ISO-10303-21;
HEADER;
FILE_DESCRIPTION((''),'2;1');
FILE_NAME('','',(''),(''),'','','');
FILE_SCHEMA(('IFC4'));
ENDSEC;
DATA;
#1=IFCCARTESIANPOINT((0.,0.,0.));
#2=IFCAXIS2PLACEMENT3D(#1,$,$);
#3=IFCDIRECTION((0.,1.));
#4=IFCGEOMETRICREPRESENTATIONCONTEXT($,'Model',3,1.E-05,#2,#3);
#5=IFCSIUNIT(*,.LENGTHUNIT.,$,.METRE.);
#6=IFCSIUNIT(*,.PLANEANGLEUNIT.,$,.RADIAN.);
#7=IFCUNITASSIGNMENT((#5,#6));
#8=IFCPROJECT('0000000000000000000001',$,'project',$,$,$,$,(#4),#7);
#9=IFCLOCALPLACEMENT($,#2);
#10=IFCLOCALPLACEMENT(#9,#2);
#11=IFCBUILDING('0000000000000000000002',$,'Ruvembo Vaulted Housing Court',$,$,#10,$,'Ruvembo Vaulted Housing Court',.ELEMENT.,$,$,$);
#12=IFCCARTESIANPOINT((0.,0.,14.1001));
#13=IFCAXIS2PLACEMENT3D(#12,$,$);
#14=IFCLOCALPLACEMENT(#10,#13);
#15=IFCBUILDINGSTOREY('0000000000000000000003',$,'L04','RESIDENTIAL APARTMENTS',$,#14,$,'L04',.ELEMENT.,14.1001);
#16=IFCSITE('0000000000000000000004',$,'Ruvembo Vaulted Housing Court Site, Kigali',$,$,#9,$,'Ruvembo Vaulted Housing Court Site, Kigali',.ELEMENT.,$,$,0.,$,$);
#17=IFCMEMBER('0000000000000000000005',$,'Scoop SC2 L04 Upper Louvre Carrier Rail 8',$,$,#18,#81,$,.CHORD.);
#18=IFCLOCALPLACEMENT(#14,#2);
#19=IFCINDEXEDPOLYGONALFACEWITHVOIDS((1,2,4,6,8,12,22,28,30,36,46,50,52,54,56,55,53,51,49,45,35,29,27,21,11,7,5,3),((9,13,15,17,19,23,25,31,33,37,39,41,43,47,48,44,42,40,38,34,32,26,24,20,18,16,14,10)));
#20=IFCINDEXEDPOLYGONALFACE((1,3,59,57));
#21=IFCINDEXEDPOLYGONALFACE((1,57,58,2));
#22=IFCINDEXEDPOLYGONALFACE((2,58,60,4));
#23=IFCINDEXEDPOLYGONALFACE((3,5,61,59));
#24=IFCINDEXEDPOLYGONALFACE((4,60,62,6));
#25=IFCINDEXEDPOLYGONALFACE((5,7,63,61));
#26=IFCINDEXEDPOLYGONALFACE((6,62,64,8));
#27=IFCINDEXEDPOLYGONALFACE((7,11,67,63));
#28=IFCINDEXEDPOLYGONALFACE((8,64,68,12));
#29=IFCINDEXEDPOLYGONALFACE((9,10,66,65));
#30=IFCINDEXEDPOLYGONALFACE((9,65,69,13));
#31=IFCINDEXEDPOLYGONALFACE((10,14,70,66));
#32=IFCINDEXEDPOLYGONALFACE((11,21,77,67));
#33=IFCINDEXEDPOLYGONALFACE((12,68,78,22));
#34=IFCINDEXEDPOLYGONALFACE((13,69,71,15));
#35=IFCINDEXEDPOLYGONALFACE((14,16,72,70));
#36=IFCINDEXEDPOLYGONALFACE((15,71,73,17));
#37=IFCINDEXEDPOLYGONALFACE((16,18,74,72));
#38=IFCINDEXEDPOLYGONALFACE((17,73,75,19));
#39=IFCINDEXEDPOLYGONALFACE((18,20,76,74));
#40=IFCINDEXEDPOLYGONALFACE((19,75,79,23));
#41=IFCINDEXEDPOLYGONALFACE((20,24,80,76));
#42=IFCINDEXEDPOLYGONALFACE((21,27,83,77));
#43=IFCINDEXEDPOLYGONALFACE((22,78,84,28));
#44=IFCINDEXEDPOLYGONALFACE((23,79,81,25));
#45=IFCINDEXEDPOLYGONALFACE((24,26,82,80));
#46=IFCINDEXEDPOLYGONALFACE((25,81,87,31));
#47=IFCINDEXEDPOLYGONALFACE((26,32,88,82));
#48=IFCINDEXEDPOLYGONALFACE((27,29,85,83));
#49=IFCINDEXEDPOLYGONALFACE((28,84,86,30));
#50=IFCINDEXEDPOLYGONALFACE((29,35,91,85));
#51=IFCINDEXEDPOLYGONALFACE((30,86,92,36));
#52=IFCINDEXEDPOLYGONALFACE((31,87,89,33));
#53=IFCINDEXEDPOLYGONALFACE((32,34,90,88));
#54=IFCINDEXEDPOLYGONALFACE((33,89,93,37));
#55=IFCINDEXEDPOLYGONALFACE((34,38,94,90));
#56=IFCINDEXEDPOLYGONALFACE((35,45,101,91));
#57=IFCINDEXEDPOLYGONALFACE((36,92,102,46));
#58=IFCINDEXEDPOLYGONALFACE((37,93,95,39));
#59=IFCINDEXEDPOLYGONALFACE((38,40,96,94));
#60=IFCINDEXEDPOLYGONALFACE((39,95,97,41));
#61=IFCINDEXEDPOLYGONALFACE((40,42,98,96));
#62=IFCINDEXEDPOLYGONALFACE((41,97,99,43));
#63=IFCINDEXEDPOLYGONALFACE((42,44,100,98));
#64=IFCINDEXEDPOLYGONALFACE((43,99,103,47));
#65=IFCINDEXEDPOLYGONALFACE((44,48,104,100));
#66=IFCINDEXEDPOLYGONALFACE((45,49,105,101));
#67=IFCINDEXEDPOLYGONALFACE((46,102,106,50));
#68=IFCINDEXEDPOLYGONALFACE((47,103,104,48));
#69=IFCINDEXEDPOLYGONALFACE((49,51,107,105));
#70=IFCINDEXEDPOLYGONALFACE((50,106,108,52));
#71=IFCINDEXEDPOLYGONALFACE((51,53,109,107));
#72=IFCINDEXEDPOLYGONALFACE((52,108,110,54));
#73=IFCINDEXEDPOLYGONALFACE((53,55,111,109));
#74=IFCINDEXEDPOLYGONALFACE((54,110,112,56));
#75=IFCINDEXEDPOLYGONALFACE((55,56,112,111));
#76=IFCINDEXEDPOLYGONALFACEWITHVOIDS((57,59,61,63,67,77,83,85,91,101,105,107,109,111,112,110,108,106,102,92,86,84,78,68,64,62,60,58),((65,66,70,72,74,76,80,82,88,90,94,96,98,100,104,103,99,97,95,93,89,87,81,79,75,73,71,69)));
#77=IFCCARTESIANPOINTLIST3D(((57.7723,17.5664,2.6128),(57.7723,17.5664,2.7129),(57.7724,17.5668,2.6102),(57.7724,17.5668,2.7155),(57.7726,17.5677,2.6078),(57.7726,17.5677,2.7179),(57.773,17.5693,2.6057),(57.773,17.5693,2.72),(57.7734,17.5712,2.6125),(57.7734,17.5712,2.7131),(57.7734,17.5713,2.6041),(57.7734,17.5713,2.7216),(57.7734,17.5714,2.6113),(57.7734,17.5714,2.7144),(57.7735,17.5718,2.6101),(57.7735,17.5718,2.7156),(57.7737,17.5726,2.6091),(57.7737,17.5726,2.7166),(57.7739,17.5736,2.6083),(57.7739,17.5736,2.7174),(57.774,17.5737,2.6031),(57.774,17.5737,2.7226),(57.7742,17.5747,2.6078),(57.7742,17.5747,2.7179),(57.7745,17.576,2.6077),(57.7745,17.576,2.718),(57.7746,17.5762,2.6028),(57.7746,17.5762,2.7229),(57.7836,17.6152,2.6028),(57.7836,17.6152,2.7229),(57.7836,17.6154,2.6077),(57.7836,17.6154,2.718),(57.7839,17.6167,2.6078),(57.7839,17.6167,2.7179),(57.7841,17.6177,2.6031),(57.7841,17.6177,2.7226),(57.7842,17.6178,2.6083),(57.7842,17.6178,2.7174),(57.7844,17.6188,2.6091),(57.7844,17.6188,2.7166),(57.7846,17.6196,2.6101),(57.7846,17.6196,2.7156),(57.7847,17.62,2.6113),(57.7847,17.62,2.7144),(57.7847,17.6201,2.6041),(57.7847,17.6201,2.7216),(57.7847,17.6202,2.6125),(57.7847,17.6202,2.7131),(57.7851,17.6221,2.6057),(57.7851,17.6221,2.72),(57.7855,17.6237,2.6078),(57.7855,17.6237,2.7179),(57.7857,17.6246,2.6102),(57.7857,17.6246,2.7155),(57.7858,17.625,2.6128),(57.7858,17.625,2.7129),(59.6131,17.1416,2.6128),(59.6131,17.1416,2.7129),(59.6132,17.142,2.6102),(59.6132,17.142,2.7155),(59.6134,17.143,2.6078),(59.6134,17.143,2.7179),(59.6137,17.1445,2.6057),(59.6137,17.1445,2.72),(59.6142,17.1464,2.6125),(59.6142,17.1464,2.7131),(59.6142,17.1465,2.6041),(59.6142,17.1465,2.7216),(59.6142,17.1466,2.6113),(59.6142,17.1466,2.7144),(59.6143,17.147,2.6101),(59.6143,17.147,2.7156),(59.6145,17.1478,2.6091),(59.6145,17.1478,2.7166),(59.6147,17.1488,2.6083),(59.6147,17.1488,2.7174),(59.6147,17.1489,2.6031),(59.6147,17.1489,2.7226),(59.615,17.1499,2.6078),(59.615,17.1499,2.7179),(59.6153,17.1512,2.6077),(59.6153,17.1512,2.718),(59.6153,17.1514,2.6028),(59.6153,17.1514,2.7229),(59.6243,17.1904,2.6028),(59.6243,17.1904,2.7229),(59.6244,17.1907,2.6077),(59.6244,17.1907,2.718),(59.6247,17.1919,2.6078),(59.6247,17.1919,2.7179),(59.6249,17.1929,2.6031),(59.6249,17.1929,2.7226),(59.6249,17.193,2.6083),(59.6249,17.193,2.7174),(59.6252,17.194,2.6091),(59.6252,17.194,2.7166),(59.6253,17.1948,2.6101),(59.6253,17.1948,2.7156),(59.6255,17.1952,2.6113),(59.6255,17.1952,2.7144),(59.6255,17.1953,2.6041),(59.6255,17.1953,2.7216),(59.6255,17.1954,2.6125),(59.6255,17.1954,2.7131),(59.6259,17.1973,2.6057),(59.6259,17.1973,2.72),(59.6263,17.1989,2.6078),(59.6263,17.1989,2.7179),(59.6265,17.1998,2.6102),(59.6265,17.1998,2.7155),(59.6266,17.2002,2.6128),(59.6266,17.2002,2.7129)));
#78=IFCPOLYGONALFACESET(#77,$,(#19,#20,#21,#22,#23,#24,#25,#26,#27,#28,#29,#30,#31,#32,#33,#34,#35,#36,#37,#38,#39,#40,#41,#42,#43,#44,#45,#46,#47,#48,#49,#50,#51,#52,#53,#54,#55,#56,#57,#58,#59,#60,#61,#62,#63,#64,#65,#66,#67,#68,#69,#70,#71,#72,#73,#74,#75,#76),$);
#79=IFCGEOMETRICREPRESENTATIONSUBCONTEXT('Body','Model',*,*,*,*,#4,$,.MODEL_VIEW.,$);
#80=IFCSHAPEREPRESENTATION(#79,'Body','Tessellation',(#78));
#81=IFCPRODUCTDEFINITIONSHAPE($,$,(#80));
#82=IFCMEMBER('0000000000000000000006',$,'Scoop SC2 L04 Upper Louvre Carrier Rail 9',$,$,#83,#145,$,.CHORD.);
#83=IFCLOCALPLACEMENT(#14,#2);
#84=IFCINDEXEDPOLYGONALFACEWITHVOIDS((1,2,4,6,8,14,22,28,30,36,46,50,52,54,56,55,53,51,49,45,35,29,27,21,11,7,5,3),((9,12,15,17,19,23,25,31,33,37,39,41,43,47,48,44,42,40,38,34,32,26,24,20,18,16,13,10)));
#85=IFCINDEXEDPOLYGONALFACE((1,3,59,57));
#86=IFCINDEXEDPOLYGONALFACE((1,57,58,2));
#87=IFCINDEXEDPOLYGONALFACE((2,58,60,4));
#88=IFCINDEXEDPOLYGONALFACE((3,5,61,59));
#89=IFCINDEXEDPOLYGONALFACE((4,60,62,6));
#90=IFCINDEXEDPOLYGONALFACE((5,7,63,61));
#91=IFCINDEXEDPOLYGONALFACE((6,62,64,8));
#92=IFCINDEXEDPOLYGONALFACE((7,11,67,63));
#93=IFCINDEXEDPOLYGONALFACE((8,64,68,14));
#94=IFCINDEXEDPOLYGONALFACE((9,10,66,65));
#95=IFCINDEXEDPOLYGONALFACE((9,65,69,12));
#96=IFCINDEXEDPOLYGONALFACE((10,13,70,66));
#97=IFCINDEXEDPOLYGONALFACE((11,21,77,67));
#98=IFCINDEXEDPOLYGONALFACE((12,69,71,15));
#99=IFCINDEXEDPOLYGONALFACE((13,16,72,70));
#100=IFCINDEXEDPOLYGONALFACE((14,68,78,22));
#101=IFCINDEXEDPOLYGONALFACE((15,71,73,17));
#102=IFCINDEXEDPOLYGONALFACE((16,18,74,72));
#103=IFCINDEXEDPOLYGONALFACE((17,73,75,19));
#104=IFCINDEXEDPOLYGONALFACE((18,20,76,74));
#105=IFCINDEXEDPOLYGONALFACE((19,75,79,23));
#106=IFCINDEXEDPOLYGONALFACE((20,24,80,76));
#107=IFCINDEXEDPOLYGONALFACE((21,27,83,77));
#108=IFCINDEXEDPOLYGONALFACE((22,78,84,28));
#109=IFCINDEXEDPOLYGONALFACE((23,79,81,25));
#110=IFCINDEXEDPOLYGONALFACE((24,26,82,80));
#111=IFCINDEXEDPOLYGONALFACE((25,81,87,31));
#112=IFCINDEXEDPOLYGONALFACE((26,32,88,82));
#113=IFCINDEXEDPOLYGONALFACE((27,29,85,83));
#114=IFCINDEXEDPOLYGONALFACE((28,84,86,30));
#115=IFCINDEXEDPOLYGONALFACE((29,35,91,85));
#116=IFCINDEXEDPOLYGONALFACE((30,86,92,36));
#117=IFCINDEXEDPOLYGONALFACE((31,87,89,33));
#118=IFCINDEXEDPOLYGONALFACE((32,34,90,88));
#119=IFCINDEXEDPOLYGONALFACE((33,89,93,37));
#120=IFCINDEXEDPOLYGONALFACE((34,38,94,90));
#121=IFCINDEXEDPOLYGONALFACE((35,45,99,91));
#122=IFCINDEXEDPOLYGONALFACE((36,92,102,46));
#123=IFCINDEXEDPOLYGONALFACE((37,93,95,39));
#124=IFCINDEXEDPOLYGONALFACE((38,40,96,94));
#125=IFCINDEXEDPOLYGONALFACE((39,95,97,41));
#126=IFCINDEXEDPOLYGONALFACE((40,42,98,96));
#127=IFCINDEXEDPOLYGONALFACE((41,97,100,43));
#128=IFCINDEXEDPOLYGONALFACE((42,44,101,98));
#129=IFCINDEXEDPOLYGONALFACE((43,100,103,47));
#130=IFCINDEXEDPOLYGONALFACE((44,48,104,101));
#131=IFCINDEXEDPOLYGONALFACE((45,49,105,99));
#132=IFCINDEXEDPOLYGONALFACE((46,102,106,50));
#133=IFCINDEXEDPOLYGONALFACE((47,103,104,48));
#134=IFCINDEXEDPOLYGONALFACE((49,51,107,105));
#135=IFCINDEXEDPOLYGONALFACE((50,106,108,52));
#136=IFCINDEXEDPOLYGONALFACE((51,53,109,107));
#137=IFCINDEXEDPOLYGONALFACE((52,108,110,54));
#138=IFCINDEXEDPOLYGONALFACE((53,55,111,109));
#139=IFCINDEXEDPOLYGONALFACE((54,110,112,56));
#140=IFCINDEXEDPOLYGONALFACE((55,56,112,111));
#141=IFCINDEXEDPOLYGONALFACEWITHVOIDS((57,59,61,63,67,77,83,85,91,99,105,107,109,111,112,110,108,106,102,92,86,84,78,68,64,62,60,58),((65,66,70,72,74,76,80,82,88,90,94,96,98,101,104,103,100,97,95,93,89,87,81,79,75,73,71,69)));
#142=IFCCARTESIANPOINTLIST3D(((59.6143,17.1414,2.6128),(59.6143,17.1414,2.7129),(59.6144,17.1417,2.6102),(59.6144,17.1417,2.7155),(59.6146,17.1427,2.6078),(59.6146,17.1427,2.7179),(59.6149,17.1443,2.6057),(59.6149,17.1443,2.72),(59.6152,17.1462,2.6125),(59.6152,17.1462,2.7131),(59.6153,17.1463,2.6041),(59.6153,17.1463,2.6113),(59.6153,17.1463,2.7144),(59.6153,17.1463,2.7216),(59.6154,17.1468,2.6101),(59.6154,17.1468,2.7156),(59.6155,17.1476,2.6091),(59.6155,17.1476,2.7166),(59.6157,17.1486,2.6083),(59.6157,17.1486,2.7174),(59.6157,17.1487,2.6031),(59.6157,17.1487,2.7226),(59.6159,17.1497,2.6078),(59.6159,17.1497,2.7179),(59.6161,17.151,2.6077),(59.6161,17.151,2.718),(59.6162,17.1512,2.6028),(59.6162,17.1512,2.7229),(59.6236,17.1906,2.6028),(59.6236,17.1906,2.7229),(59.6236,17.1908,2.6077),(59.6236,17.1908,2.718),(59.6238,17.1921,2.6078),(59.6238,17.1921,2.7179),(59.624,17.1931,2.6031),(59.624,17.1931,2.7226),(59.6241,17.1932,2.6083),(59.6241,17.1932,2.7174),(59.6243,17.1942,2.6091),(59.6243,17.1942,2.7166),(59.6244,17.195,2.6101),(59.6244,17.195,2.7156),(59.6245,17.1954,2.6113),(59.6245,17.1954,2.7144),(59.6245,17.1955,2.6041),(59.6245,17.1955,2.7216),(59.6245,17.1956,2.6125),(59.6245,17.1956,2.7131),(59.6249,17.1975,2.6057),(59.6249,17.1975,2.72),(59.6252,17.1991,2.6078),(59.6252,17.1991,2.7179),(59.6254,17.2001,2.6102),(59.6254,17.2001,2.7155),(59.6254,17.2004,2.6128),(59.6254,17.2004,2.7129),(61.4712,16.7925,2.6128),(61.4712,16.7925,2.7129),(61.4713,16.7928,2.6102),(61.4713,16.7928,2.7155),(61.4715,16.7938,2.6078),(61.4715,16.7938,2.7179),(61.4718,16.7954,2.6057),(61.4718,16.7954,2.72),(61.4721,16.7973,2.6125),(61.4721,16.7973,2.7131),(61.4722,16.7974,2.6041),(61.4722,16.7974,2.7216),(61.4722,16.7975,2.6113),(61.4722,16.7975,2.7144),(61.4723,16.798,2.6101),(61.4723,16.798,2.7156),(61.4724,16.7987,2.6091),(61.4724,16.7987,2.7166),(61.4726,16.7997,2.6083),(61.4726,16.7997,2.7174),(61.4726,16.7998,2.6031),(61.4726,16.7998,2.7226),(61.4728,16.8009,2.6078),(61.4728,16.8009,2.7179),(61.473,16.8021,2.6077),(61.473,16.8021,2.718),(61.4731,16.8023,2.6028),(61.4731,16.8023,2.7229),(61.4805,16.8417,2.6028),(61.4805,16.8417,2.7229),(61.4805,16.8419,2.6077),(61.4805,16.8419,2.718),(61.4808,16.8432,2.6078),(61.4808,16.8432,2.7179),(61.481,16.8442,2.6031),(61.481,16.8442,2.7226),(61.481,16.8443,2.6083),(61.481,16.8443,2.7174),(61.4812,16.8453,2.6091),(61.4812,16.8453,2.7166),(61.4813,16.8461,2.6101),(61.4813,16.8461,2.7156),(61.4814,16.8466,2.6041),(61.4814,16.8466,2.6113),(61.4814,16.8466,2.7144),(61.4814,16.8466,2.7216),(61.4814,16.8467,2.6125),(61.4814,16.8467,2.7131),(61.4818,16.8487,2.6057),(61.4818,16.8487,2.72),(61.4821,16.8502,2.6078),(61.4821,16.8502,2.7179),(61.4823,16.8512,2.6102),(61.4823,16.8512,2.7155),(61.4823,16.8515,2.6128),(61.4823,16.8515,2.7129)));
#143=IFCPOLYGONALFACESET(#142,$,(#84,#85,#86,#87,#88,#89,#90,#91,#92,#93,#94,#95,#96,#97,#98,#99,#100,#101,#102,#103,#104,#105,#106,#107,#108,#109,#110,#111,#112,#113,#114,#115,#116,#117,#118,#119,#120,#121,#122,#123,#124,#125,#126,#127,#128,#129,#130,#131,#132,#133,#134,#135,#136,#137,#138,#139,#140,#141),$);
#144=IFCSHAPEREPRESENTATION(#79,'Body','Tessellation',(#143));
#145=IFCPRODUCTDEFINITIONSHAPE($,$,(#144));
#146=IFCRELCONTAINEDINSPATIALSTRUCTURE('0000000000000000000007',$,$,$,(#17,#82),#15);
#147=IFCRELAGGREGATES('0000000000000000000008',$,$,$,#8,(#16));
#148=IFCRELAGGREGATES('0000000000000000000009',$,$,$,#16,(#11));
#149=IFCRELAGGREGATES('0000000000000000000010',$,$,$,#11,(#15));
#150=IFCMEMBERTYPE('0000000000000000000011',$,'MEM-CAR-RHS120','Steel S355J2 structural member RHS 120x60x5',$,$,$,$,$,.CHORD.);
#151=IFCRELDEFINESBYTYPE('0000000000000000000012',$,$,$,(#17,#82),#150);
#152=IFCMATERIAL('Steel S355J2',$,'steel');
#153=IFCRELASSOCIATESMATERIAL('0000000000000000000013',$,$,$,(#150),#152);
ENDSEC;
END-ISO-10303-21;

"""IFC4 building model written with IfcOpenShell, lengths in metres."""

from ifc_helpers import new_model, si_unit, direction, frame, origin, origin_2d, place, context, subcontext, project, spatial, hollow_rectangle, extrude, material, material_profile, profile_set, type_object, element, save


model = new_model("IFC4")

# Units and contexts
model_context = context("Model", 3, precision=1e-05, world=origin(), true_north=direction((0.0, 1.0)))
body_context = subcontext(model_context, "Body", "Model", "MODEL_VIEW")
ifc_project = project(units=[si_unit("LENGTHUNIT", "METRE"), si_unit("PLANEANGLEUNIT", "RADIAN")], contexts=[model_context])

# Site, building, storey
site_placement = place(None, origin())
site = spatial("IfcSite", under=ifc_project, at=site_placement, Name="Ruvembo Vaulted Housing Court Site, Kigali", LongName="Ruvembo Vaulted Housing Court Site, Kigali", CompositionType="ELEMENT", RefElevation=0.0)
building_placement = place(site_placement, origin())
building = spatial("IfcBuilding", under=site, at=building_placement, Name="Ruvembo Vaulted Housing Court", LongName="Ruvembo Vaulted Housing Court", CompositionType="ELEMENT")
storey_placement = place(building_placement, frame((0.0, 0.0, 14.1001)))
storey = spatial("IfcBuildingStorey", under=building, at=storey_placement, Name="L04", Description="RESIDENTIAL APARTMENTS", LongName="L04", CompositionType="ELEMENT", Elevation=14.1001)

# Shared definitions
ifc_material_1 = material(Name="Steel S355J2", Category="steel")

# Members
ifc_material_profile_1 = material_profile(ifc_material_1, hollow_rectangle(XDim=0.0601, YDim=0.1201, WallThickness=0.0049, InnerFilletRadius=0.0049, OuterFilletRadius=0.01, at=origin_2d()), Name="RHS 120x60x5")
ifc_profile_set_1 = profile_set([ifc_material_profile_1], Name="Steel S355J2")
member_type_1 = type_object("IfcMemberType", Name="MEM-CAR-RHS120", Description="Steel S355J2 structural member RHS 120x60x5", PredefinedType="CHORD", material=ifc_profile_set_1)
member_1_placement = place(storey_placement, frame((57.7791, 17.5957, 2.6628), z_axis=(0.974391, -0.22486, 0.0), x_axis=(0.22486, 0.974391, 0.0)))
element("IfcMember", 1, at=member_1_placement, inside=storey, type_object=member_type_1, Name="Scoop SC2 L04 Upper Louvre Carrier Rail 8", PredefinedType="CHORD", context=body_context, shape_type="SweptSolid", body=[
    extrude(hollow_rectangle(XDim=0.0601, YDim=0.1201, WallThickness=0.0049, InnerFilletRadius=0.0049, OuterFilletRadius=0.01, at=origin_2d()), origin(), (0.0, 0.0, 1.0), 1.8892),
])
member_2_placement = place(storey_placement, frame((59.6199, 17.1709, 2.6628), z_axis=(0.982805, -0.184647, 0.0), x_axis=(0.184647, 0.982805, 0.0)))
element("IfcMember", 2, at=member_2_placement, inside=storey, type_object=member_type_1, Name="Scoop SC2 L04 Upper Louvre Carrier Rail 9", PredefinedType="CHORD", context=body_context, shape_type="SweptSolid", body=[
    extrude(hollow_rectangle(XDim=0.0601, YDim=0.1201, WallThickness=0.0049, InnerFilletRadius=0.0049, OuterFilletRadius=0.01, at=origin_2d()), origin(), (0.0, 0.0, 1.0), 1.8894),
])

save(model, "model.ifc")
